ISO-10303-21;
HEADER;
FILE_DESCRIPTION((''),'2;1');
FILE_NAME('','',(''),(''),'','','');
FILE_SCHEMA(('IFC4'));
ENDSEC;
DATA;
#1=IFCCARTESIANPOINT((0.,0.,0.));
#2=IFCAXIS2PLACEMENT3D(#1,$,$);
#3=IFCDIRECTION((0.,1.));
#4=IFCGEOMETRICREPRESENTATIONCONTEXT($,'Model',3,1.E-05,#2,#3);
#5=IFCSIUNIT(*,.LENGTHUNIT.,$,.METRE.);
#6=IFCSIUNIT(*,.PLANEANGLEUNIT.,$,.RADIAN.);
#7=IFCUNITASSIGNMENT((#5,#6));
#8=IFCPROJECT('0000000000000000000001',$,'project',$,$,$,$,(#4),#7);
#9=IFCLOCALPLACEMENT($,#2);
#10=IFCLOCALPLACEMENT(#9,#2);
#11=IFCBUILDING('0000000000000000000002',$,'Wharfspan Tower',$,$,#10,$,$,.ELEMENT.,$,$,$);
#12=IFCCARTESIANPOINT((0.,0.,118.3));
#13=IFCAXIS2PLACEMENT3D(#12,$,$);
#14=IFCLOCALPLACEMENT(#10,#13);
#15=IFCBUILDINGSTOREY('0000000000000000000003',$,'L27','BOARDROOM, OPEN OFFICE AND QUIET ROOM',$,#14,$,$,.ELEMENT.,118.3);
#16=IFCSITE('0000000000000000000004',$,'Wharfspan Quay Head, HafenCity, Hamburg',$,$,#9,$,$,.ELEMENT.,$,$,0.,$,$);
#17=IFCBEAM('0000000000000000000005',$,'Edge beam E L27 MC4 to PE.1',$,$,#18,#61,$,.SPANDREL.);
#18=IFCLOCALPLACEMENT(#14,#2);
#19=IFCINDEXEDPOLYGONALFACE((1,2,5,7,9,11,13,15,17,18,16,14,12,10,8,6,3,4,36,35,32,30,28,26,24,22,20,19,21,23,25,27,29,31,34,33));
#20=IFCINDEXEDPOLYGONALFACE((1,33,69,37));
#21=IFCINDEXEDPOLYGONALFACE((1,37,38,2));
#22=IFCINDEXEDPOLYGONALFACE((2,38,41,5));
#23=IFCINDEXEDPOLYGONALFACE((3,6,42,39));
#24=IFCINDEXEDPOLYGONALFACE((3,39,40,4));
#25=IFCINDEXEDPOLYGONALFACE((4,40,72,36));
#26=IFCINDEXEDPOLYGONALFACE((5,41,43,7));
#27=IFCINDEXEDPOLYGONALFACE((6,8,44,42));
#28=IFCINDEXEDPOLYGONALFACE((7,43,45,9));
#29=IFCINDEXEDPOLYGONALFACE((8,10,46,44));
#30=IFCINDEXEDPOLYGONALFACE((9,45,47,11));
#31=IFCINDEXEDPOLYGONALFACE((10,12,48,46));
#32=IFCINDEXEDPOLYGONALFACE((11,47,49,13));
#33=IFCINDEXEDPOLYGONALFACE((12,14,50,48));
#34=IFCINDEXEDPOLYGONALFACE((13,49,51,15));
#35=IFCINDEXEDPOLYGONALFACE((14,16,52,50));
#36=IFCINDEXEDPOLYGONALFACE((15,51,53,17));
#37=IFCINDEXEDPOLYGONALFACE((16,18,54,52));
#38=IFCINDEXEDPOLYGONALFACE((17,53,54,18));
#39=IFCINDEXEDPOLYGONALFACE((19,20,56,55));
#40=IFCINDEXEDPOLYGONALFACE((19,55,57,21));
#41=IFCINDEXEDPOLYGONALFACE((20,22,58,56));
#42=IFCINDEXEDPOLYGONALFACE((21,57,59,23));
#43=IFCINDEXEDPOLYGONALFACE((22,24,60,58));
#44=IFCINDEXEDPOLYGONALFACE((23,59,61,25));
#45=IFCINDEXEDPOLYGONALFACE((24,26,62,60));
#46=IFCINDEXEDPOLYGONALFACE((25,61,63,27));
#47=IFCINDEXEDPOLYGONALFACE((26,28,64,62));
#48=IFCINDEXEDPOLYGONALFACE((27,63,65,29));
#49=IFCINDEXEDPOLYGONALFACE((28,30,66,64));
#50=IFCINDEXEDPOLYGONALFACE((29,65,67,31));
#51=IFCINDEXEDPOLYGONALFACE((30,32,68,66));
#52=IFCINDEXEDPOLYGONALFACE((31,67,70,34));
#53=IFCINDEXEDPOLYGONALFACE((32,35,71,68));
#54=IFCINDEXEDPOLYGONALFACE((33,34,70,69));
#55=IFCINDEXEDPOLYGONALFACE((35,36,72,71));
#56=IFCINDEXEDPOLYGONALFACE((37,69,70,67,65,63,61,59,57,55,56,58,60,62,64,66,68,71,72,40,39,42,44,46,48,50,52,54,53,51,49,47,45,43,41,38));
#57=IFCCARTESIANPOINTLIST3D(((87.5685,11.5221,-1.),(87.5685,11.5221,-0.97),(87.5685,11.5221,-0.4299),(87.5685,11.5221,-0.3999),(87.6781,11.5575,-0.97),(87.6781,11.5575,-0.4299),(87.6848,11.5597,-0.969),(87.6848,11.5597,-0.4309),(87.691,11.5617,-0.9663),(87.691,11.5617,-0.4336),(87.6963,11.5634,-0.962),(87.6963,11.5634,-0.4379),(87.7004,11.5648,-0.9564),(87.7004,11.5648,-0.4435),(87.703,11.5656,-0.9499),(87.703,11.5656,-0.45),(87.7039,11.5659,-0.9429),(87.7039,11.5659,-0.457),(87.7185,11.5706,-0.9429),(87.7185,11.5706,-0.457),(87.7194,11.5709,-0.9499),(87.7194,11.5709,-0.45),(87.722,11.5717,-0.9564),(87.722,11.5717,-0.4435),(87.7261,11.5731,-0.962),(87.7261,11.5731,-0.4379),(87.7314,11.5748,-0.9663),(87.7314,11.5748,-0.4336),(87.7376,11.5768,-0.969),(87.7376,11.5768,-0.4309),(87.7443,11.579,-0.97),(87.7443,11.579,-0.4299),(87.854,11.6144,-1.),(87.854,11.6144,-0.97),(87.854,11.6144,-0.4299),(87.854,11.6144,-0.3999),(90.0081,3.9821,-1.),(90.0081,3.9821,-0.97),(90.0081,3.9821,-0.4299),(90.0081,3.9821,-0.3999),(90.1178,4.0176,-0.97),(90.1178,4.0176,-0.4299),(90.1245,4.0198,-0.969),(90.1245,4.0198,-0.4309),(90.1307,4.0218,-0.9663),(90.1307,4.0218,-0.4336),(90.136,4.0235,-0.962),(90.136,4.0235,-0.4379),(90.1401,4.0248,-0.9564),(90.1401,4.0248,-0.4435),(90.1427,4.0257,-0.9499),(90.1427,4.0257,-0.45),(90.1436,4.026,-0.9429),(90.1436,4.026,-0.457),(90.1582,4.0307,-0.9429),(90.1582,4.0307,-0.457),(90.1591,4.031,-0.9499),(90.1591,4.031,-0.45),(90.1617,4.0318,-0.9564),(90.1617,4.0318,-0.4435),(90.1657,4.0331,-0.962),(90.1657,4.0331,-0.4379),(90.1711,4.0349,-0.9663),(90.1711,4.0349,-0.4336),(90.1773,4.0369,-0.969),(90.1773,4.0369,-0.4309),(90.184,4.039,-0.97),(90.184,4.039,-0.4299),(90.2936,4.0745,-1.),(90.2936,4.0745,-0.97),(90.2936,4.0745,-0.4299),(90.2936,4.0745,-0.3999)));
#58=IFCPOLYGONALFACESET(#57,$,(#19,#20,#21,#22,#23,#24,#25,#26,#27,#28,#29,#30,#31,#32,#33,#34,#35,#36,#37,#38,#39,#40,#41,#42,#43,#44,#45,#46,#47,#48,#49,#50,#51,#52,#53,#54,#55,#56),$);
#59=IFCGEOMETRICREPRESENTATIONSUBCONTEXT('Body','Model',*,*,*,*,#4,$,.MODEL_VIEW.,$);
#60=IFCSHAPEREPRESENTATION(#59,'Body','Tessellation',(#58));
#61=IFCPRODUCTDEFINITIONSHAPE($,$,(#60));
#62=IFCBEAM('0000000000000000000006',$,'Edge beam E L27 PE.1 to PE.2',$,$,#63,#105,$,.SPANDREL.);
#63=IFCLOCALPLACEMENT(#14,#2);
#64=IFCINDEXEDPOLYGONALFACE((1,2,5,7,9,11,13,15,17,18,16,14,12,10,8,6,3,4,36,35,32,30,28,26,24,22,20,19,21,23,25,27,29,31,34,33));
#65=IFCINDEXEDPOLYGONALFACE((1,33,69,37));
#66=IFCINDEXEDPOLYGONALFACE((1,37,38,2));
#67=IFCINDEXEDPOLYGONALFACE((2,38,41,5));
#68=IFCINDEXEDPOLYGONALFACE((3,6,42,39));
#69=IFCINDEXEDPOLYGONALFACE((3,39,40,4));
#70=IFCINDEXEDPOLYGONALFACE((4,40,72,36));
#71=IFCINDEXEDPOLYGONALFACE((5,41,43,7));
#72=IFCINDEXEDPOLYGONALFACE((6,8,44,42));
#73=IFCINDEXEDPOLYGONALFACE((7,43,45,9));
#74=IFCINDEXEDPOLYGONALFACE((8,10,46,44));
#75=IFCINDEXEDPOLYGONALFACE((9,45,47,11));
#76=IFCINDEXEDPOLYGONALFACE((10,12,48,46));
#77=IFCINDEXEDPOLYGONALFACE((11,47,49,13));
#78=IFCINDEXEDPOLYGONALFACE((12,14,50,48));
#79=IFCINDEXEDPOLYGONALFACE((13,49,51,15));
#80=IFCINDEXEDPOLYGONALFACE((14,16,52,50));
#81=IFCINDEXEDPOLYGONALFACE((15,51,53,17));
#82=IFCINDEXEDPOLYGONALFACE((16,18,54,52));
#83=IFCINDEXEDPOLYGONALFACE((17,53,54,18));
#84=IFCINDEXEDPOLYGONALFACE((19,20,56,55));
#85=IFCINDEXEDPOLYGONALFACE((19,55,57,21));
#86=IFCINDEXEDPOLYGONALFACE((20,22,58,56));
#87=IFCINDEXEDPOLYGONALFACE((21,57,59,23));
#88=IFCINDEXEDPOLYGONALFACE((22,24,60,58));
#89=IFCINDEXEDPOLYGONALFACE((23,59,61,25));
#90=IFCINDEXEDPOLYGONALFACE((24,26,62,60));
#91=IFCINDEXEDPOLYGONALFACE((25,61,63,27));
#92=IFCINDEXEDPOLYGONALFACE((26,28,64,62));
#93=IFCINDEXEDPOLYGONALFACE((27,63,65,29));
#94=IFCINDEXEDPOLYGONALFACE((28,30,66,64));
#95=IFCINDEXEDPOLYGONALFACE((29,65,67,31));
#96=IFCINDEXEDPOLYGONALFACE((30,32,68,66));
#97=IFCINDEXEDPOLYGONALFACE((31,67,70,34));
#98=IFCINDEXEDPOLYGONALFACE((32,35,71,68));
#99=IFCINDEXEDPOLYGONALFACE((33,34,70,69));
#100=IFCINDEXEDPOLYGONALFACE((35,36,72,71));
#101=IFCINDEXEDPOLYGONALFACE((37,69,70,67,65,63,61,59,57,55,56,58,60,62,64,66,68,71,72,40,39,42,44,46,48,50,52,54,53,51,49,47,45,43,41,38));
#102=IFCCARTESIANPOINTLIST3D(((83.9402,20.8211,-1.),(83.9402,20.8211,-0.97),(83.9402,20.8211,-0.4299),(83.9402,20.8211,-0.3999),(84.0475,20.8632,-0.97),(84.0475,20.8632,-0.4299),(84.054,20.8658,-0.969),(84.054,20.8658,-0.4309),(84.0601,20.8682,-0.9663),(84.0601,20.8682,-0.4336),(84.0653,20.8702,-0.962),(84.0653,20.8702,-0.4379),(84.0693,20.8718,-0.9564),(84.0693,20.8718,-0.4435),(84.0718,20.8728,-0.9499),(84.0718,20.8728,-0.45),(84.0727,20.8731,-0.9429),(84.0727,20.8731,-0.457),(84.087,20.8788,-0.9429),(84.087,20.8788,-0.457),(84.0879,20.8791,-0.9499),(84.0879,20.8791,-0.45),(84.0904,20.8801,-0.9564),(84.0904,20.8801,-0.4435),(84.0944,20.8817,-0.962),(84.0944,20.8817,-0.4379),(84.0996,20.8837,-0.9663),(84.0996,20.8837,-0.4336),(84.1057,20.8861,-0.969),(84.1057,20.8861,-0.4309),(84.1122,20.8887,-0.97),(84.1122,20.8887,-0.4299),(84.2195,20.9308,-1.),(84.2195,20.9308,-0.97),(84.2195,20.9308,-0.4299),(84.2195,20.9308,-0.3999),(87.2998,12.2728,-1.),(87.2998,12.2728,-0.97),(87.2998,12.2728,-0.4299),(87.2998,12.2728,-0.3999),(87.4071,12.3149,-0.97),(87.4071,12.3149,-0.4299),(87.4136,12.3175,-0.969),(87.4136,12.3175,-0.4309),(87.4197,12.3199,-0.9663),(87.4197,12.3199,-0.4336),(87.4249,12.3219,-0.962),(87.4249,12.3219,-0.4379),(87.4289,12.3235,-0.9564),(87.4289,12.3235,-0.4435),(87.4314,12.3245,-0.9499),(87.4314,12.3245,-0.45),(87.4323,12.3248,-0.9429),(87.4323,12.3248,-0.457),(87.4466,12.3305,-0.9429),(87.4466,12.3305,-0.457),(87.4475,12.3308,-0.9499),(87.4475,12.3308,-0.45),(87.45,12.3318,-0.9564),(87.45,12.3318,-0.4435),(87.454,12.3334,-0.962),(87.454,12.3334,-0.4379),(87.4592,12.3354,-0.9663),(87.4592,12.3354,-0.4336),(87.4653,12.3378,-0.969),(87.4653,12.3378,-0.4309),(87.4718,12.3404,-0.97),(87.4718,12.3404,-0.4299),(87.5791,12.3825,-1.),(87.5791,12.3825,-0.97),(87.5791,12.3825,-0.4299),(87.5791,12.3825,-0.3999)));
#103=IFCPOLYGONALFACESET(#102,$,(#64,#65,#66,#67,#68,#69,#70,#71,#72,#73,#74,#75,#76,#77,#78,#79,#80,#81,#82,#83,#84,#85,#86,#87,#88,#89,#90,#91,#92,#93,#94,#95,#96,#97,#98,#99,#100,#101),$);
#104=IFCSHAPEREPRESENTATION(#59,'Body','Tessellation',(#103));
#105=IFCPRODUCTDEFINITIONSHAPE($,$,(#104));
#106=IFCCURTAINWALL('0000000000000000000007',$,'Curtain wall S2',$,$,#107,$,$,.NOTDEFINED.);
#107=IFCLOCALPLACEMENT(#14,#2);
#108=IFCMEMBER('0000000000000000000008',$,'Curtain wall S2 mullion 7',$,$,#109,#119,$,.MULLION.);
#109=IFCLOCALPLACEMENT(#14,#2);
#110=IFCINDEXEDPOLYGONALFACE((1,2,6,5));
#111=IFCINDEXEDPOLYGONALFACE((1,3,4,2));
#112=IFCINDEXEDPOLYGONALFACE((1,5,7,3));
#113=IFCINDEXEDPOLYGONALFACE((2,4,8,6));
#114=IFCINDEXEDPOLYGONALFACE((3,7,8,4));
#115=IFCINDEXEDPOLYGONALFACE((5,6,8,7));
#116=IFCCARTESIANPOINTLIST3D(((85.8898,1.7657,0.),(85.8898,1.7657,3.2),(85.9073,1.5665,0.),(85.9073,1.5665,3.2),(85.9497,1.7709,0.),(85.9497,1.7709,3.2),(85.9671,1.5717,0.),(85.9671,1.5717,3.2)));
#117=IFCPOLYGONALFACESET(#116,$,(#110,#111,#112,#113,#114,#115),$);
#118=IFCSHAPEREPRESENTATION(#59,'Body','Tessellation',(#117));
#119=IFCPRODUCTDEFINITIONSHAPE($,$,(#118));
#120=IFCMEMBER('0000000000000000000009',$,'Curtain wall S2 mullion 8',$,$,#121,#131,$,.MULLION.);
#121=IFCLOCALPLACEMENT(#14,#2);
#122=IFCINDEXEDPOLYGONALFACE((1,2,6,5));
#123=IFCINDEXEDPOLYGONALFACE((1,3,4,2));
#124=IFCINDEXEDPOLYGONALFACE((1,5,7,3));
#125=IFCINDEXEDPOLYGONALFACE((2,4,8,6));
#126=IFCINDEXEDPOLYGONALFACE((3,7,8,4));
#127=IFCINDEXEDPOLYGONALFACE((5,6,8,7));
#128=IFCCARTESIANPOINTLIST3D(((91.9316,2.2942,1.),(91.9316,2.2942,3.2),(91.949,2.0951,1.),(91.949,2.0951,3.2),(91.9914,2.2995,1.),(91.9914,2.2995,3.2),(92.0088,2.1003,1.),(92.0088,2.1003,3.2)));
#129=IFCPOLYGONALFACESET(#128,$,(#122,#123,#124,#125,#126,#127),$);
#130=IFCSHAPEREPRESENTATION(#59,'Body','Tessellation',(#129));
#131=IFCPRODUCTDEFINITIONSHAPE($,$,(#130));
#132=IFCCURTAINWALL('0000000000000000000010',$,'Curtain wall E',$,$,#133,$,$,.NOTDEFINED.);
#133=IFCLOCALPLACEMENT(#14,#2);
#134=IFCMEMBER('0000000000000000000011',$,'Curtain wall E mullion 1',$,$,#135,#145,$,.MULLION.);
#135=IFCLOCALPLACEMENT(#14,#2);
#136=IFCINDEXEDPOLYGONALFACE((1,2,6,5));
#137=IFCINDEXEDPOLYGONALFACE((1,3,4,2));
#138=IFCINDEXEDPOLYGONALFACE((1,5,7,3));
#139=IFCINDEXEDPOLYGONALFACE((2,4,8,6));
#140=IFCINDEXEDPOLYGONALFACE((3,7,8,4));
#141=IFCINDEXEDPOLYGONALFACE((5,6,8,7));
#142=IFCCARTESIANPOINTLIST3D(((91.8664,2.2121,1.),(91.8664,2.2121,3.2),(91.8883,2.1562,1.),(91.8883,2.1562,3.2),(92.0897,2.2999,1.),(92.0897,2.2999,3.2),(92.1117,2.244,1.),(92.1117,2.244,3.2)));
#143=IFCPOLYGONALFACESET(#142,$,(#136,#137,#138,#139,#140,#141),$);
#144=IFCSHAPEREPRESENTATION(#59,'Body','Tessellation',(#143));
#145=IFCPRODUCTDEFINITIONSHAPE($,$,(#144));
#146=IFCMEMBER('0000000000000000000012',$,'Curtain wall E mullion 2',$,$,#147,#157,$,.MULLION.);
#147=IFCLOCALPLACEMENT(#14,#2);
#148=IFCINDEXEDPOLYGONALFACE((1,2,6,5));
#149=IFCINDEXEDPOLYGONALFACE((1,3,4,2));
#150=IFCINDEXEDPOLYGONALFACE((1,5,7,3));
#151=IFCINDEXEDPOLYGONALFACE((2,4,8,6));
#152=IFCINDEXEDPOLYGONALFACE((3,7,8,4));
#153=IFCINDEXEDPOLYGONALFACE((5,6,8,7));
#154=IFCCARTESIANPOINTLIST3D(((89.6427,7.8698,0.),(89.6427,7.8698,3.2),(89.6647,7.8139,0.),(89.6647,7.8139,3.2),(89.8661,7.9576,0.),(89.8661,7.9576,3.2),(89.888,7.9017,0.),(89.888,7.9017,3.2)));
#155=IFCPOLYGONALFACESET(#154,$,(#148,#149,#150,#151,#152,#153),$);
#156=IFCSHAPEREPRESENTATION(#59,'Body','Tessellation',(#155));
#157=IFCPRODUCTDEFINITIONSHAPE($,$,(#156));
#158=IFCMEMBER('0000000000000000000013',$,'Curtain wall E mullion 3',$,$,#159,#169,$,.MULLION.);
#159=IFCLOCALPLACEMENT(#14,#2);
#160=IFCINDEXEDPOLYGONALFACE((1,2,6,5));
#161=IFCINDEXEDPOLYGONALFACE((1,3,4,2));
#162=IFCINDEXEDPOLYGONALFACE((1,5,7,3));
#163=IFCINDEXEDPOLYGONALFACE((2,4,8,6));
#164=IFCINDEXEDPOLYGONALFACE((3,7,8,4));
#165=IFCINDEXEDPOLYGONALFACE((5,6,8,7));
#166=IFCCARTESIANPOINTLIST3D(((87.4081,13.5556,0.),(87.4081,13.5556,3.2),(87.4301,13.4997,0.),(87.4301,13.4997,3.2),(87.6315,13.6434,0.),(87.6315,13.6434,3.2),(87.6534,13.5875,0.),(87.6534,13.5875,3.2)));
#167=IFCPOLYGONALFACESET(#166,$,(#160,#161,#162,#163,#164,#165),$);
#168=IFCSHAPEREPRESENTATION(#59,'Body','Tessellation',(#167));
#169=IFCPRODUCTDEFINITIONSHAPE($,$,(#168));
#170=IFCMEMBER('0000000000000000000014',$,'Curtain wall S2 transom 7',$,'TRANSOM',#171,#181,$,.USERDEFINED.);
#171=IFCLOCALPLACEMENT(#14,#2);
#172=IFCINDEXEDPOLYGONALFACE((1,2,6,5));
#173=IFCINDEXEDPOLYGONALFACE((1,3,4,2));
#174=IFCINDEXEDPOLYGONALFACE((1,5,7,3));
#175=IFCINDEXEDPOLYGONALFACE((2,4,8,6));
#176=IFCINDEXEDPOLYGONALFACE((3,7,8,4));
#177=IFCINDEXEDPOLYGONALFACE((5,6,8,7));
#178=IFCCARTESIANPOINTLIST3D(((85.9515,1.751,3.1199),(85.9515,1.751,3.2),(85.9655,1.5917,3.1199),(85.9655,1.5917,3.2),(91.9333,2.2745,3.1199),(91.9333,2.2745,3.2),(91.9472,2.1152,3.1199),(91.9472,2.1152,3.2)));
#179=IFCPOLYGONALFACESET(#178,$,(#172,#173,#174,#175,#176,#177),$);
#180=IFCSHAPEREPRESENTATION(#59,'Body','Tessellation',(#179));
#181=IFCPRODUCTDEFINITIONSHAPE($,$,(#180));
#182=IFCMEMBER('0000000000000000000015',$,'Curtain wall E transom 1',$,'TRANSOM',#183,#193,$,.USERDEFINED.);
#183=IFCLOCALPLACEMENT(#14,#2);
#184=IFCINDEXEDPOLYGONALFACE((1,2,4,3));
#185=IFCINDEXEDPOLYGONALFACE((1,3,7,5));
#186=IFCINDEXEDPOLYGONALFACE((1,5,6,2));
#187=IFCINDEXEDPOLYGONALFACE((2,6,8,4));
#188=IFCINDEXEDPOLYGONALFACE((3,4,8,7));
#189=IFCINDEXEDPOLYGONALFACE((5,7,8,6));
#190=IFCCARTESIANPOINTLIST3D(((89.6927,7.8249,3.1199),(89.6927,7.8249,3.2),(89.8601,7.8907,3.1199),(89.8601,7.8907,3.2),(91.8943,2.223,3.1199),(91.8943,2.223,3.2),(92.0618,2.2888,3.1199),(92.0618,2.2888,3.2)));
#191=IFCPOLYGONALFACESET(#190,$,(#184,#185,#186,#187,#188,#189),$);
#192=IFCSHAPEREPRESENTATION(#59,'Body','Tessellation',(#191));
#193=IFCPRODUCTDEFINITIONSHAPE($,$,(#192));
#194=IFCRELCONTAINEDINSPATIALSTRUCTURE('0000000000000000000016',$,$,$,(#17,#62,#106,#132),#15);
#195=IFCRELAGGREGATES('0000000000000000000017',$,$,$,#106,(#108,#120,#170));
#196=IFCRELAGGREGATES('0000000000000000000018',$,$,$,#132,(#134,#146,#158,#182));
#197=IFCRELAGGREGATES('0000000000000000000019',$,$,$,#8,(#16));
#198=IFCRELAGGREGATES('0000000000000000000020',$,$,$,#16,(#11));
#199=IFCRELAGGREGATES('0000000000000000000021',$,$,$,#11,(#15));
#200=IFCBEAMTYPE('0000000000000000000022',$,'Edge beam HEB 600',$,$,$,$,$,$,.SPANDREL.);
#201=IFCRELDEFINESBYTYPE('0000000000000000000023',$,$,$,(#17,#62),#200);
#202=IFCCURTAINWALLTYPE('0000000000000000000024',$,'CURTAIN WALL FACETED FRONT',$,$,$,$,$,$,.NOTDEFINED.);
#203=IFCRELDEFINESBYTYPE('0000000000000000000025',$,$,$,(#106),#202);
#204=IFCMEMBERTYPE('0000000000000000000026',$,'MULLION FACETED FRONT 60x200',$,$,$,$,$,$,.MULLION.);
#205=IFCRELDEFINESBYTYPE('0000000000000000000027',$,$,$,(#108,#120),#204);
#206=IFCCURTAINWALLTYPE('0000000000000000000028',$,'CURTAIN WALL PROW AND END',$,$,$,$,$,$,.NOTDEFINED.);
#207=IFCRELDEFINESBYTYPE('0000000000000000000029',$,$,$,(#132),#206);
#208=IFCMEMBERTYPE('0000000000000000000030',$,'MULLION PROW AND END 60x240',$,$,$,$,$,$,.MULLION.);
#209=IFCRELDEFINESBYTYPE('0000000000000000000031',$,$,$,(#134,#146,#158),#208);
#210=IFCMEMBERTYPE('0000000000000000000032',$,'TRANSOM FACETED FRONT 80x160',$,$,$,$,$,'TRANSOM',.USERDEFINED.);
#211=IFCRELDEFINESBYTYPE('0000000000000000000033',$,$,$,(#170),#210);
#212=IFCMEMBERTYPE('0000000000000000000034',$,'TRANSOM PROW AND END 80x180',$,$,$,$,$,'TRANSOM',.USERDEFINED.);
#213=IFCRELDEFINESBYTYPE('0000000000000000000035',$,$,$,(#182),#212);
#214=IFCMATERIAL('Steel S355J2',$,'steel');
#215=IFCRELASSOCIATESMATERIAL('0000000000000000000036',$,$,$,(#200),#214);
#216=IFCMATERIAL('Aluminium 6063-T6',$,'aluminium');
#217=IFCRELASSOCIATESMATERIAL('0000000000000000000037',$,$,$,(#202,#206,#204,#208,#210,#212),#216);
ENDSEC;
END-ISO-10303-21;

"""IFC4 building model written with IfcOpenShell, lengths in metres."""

from ifc_helpers import new_model, si_unit, direction, frame, origin, origin_2d, place, context, subcontext, project, spatial, rectangle, i_section, extrude, material, material_profile, profile_set, type_object, element, aggregate, save


model = new_model("IFC4")

# Units and contexts
model_context = context("Model", 3, precision=1e-05, world=origin(), true_north=direction((0.0, 1.0)))
body_context = subcontext(model_context, "Body", "Model", "MODEL_VIEW")
ifc_project = project(units=[si_unit("LENGTHUNIT", "METRE"), si_unit("PLANEANGLEUNIT", "RADIAN")], contexts=[model_context])

# Site, building, storey
site_placement = place(None, origin())
site = spatial("IfcSite", under=ifc_project, at=site_placement, Name="Wharfspan Quay Head, HafenCity, Hamburg", CompositionType="ELEMENT", RefElevation=0.0)
building_placement = place(site_placement, origin())
building = spatial("IfcBuilding", under=site, at=building_placement, Name="Wharfspan Tower", CompositionType="ELEMENT")
storey_placement = place(building_placement, frame((0.0, 0.0, 118.3)))
storey = spatial("IfcBuildingStorey", under=building, at=storey_placement, Name="L27", Description="BOARDROOM, OPEN OFFICE AND QUIET ROOM", CompositionType="ELEMENT", Elevation=118.3)

# Shared definitions
ifc_material_1 = material(Name="Steel S355J2", Category="steel")

# Beams
ifc_material_profile_1 = material_profile(ifc_material_1, i_section(OverallWidth=0.3, OverallDepth=0.6001, WebThickness=0.0154, FlangeThickness=0.03, FilletRadius=0.0271, at=origin_2d()))
ifc_profile_set_1 = profile_set([ifc_material_profile_1], Name="Steel S355J2")
beam_type = type_object("IfcBeamType", Name="Edge beam HEB 600", PredefinedType="SPANDREL", material=ifc_profile_set_1)
beam_1_placement = place(storey_placement, frame((90.1509, 4.0283, -0.7), z_axis=(-0.307851, 0.951434, 0.0), x_axis=(-0.951434, -0.307851, 0.0)))
element("IfcBeam", 1, at=beam_1_placement, inside=storey, type_object=beam_type, Name="Edge beam E L27 MC4 to PE.1", PredefinedType="SPANDREL", context=body_context, shape_type="SweptSolid", body=[
    extrude(i_section(OverallWidth=0.3, OverallDepth=0.6001, WebThickness=0.0154, FlangeThickness=0.03, FilletRadius=0.0271, at=origin_2d()), origin(), (0.0, 0.0, 1.0), 7.9248),
])
beam_2_placement = place(storey_placement, frame((87.4395, 12.3276, -0.7), z_axis=(-0.365779, 0.930702, 0.0), x_axis=(-0.930702, -0.365779, 0.0)))
element("IfcBeam", 2, at=beam_2_placement, inside=storey, type_object=beam_type, Name="Edge beam E L27 PE.1 to PE.2", PredefinedType="SPANDREL", context=body_context, shape_type="SweptSolid", body=[
    extrude(i_section(OverallWidth=0.3, OverallDepth=0.6001, WebThickness=0.0154, FlangeThickness=0.03, FilletRadius=0.0271, at=origin_2d()), origin(), (0.0, 0.0, 1.0), 9.1848),
])

# Curtain walls, members
ifc_material_2 = material(Name="Aluminium 6063-T6", Category="aluminium")
curtain_wall_type_1 = type_object("IfcCurtainWallType", Name="CURTAIN WALL FACETED FRONT", PredefinedType="NOTDEFINED", material=ifc_material_2)
curtain_wall_1_placement = place(storey_placement, origin())
curtain_wall_1 = element("IfcCurtainWall", 3, at=curtain_wall_1_placement, inside=storey, type_object=curtain_wall_type_1, Name="Curtain wall S2", PredefinedType="NOTDEFINED")
ifc_material_profile_2 = material_profile(ifc_material_2, rectangle(XDim=0.2, YDim=0.0601, at=origin_2d()))
ifc_profile_set_2 = profile_set([ifc_material_profile_2], Name="Aluminium 6063-T6")
member_type_1 = type_object("IfcMemberType", Name="MULLION FACETED FRONT 60x200", PredefinedType="MULLION", material=ifc_profile_set_2)
member_1_placement = place(storey_placement, frame((85.9285, 1.6687, 0.0), z_axis=(0.0, 0.0, 1.0), x_axis=(-0.087156, 0.996198, 0.0)))
member_1 = element("IfcMember", 4, at=member_1_placement, type_object=member_type_1, Name="Curtain wall S2 mullion 7", PredefinedType="MULLION", context=body_context, shape_type="SweptSolid", body=[
    extrude(rectangle(XDim=0.2, YDim=0.0601, at=origin_2d()), origin(), (0.0, 0.0, 1.0), 3.2),
])
member_2_placement = place(storey_placement, frame((91.9702, 2.1973, 1.0), z_axis=(0.0, 0.0, 1.0), x_axis=(-0.087156, 0.996198, 0.0)))
member_2 = element("IfcMember", 5, at=member_2_placement, type_object=member_type_1, Name="Curtain wall S2 mullion 8", PredefinedType="MULLION", context=body_context, shape_type="SweptSolid", body=[
    extrude(rectangle(XDim=0.2, YDim=0.0601, at=origin_2d()), origin(), (0.0, 0.0, 1.0), 2.2),
])
curtain_wall_type_2 = type_object("IfcCurtainWallType", Name="CURTAIN WALL PROW AND END", PredefinedType="NOTDEFINED", material=ifc_material_2)
curtain_wall_2_placement = place(storey_placement, origin())
curtain_wall_2 = element("IfcCurtainWall", 6, at=curtain_wall_2_placement, inside=storey, type_object=curtain_wall_type_2, Name="Curtain wall E", PredefinedType="NOTDEFINED")
ifc_material_profile_3 = material_profile(ifc_material_2, rectangle(XDim=0.24, YDim=0.0601, at=origin_2d()))
ifc_profile_set_3 = profile_set([ifc_material_profile_3], Name="Aluminium 6063-T6")
member_type_2 = type_object("IfcMemberType", Name="MULLION PROW AND END 60x240", PredefinedType="MULLION", material=ifc_profile_set_3)
member_3_placement = place(storey_placement, frame((91.989, 2.228, 1.0), z_axis=(0.0, 0.0, 1.0), x_axis=(-0.930702, -0.365778, 0.0)))
member_3 = element("IfcMember", 7, at=member_3_placement, type_object=member_type_2, Name="Curtain wall E mullion 1", PredefinedType="MULLION", context=body_context, shape_type="SweptSolid", body=[
    extrude(rectangle(XDim=0.24, YDim=0.0601, at=origin_2d()), origin(), (0.0, 0.0, 1.0), 2.2),
])
member_4_placement = place(storey_placement, frame((89.7654, 7.8857, 0.0), z_axis=(0.0, 0.0, 1.0), x_axis=(-0.930702, -0.365778, 0.0)))
member_4 = element("IfcMember", 8, at=member_4_placement, type_object=member_type_2, Name="Curtain wall E mullion 2", PredefinedType="MULLION", context=body_context, shape_type="SweptSolid", body=[
    extrude(rectangle(XDim=0.24, YDim=0.0601, at=origin_2d()), origin(), (0.0, 0.0, 1.0), 3.2),
])
member_5_placement = place(storey_placement, frame((87.5308, 13.5715, 0.0), z_axis=(0.0, 0.0, 1.0), x_axis=(-0.930702, -0.365778, 0.0)))
member_5 = element("IfcMember", 9, at=member_5_placement, type_object=member_type_2, Name="Curtain wall E mullion 3", PredefinedType="MULLION", context=body_context, shape_type="SweptSolid", body=[
    extrude(rectangle(XDim=0.24, YDim=0.0601, at=origin_2d()), origin(), (0.0, 0.0, 1.0), 3.2),
])

# Members
ifc_material_profile_4 = material_profile(ifc_material_2, rectangle(XDim=0.1599, YDim=0.0801, at=origin_2d()))
ifc_profile_set_4 = profile_set([ifc_material_profile_4], Name="Aluminium 6063-T6")
member_type_3 = type_object("IfcMemberType", Name="TRANSOM FACETED FRONT 80x160", ElementType="TRANSOM", PredefinedType="USERDEFINED", material=ifc_profile_set_4)
member_6_placement = place(storey_placement, frame((85.9585, 1.6714, 3.1599), z_axis=(0.996193, 0.087174, 0.0), x_axis=(-0.087174, 0.996193, 0.0)))
member_6 = element("IfcMember", 10, at=member_6_placement, type_object=member_type_3, Name="Curtain wall S2 transom 7", ObjectType="TRANSOM", PredefinedType="USERDEFINED", context=body_context, shape_type="SweptSolid", body=[
    extrude(rectangle(XDim=0.1599, YDim=0.0801, at=origin_2d()), origin(), (0.0, 0.0, 1.0), 6.0046),
])
ifc_material_profile_5 = material_profile(ifc_material_2, rectangle(XDim=0.1799, YDim=0.0801, at=origin_2d()))
ifc_profile_set_5 = profile_set([ifc_material_profile_5], Name="Aluminium 6063-T6")
member_type_4 = type_object("IfcMemberType", Name="TRANSOM PROW AND END 80x180", ElementType="TRANSOM", PredefinedType="USERDEFINED", material=ifc_profile_set_5)
member_7_placement = place(storey_placement, frame((91.978, 2.2559, 3.1599), z_axis=(-0.365775, 0.930703, 0.0), x_axis=(-0.930703, -0.365775, 0.0)))
member_7 = element("IfcMember", 11, at=member_7_placement, type_object=member_type_4, Name="Curtain wall E transom 1", ObjectType="TRANSOM", PredefinedType="USERDEFINED", context=body_context, shape_type="SweptSolid", body=[
    extrude(rectangle(XDim=0.1799, YDim=0.0801, at=origin_2d()), origin(), (0.0, 0.0, 1.0), 6.019),
])

aggregate(curtain_wall_1, [member_1, member_2, member_6])
aggregate(curtain_wall_2, [member_3, member_4, member_5, member_7])

save(model, "model.ifc")
